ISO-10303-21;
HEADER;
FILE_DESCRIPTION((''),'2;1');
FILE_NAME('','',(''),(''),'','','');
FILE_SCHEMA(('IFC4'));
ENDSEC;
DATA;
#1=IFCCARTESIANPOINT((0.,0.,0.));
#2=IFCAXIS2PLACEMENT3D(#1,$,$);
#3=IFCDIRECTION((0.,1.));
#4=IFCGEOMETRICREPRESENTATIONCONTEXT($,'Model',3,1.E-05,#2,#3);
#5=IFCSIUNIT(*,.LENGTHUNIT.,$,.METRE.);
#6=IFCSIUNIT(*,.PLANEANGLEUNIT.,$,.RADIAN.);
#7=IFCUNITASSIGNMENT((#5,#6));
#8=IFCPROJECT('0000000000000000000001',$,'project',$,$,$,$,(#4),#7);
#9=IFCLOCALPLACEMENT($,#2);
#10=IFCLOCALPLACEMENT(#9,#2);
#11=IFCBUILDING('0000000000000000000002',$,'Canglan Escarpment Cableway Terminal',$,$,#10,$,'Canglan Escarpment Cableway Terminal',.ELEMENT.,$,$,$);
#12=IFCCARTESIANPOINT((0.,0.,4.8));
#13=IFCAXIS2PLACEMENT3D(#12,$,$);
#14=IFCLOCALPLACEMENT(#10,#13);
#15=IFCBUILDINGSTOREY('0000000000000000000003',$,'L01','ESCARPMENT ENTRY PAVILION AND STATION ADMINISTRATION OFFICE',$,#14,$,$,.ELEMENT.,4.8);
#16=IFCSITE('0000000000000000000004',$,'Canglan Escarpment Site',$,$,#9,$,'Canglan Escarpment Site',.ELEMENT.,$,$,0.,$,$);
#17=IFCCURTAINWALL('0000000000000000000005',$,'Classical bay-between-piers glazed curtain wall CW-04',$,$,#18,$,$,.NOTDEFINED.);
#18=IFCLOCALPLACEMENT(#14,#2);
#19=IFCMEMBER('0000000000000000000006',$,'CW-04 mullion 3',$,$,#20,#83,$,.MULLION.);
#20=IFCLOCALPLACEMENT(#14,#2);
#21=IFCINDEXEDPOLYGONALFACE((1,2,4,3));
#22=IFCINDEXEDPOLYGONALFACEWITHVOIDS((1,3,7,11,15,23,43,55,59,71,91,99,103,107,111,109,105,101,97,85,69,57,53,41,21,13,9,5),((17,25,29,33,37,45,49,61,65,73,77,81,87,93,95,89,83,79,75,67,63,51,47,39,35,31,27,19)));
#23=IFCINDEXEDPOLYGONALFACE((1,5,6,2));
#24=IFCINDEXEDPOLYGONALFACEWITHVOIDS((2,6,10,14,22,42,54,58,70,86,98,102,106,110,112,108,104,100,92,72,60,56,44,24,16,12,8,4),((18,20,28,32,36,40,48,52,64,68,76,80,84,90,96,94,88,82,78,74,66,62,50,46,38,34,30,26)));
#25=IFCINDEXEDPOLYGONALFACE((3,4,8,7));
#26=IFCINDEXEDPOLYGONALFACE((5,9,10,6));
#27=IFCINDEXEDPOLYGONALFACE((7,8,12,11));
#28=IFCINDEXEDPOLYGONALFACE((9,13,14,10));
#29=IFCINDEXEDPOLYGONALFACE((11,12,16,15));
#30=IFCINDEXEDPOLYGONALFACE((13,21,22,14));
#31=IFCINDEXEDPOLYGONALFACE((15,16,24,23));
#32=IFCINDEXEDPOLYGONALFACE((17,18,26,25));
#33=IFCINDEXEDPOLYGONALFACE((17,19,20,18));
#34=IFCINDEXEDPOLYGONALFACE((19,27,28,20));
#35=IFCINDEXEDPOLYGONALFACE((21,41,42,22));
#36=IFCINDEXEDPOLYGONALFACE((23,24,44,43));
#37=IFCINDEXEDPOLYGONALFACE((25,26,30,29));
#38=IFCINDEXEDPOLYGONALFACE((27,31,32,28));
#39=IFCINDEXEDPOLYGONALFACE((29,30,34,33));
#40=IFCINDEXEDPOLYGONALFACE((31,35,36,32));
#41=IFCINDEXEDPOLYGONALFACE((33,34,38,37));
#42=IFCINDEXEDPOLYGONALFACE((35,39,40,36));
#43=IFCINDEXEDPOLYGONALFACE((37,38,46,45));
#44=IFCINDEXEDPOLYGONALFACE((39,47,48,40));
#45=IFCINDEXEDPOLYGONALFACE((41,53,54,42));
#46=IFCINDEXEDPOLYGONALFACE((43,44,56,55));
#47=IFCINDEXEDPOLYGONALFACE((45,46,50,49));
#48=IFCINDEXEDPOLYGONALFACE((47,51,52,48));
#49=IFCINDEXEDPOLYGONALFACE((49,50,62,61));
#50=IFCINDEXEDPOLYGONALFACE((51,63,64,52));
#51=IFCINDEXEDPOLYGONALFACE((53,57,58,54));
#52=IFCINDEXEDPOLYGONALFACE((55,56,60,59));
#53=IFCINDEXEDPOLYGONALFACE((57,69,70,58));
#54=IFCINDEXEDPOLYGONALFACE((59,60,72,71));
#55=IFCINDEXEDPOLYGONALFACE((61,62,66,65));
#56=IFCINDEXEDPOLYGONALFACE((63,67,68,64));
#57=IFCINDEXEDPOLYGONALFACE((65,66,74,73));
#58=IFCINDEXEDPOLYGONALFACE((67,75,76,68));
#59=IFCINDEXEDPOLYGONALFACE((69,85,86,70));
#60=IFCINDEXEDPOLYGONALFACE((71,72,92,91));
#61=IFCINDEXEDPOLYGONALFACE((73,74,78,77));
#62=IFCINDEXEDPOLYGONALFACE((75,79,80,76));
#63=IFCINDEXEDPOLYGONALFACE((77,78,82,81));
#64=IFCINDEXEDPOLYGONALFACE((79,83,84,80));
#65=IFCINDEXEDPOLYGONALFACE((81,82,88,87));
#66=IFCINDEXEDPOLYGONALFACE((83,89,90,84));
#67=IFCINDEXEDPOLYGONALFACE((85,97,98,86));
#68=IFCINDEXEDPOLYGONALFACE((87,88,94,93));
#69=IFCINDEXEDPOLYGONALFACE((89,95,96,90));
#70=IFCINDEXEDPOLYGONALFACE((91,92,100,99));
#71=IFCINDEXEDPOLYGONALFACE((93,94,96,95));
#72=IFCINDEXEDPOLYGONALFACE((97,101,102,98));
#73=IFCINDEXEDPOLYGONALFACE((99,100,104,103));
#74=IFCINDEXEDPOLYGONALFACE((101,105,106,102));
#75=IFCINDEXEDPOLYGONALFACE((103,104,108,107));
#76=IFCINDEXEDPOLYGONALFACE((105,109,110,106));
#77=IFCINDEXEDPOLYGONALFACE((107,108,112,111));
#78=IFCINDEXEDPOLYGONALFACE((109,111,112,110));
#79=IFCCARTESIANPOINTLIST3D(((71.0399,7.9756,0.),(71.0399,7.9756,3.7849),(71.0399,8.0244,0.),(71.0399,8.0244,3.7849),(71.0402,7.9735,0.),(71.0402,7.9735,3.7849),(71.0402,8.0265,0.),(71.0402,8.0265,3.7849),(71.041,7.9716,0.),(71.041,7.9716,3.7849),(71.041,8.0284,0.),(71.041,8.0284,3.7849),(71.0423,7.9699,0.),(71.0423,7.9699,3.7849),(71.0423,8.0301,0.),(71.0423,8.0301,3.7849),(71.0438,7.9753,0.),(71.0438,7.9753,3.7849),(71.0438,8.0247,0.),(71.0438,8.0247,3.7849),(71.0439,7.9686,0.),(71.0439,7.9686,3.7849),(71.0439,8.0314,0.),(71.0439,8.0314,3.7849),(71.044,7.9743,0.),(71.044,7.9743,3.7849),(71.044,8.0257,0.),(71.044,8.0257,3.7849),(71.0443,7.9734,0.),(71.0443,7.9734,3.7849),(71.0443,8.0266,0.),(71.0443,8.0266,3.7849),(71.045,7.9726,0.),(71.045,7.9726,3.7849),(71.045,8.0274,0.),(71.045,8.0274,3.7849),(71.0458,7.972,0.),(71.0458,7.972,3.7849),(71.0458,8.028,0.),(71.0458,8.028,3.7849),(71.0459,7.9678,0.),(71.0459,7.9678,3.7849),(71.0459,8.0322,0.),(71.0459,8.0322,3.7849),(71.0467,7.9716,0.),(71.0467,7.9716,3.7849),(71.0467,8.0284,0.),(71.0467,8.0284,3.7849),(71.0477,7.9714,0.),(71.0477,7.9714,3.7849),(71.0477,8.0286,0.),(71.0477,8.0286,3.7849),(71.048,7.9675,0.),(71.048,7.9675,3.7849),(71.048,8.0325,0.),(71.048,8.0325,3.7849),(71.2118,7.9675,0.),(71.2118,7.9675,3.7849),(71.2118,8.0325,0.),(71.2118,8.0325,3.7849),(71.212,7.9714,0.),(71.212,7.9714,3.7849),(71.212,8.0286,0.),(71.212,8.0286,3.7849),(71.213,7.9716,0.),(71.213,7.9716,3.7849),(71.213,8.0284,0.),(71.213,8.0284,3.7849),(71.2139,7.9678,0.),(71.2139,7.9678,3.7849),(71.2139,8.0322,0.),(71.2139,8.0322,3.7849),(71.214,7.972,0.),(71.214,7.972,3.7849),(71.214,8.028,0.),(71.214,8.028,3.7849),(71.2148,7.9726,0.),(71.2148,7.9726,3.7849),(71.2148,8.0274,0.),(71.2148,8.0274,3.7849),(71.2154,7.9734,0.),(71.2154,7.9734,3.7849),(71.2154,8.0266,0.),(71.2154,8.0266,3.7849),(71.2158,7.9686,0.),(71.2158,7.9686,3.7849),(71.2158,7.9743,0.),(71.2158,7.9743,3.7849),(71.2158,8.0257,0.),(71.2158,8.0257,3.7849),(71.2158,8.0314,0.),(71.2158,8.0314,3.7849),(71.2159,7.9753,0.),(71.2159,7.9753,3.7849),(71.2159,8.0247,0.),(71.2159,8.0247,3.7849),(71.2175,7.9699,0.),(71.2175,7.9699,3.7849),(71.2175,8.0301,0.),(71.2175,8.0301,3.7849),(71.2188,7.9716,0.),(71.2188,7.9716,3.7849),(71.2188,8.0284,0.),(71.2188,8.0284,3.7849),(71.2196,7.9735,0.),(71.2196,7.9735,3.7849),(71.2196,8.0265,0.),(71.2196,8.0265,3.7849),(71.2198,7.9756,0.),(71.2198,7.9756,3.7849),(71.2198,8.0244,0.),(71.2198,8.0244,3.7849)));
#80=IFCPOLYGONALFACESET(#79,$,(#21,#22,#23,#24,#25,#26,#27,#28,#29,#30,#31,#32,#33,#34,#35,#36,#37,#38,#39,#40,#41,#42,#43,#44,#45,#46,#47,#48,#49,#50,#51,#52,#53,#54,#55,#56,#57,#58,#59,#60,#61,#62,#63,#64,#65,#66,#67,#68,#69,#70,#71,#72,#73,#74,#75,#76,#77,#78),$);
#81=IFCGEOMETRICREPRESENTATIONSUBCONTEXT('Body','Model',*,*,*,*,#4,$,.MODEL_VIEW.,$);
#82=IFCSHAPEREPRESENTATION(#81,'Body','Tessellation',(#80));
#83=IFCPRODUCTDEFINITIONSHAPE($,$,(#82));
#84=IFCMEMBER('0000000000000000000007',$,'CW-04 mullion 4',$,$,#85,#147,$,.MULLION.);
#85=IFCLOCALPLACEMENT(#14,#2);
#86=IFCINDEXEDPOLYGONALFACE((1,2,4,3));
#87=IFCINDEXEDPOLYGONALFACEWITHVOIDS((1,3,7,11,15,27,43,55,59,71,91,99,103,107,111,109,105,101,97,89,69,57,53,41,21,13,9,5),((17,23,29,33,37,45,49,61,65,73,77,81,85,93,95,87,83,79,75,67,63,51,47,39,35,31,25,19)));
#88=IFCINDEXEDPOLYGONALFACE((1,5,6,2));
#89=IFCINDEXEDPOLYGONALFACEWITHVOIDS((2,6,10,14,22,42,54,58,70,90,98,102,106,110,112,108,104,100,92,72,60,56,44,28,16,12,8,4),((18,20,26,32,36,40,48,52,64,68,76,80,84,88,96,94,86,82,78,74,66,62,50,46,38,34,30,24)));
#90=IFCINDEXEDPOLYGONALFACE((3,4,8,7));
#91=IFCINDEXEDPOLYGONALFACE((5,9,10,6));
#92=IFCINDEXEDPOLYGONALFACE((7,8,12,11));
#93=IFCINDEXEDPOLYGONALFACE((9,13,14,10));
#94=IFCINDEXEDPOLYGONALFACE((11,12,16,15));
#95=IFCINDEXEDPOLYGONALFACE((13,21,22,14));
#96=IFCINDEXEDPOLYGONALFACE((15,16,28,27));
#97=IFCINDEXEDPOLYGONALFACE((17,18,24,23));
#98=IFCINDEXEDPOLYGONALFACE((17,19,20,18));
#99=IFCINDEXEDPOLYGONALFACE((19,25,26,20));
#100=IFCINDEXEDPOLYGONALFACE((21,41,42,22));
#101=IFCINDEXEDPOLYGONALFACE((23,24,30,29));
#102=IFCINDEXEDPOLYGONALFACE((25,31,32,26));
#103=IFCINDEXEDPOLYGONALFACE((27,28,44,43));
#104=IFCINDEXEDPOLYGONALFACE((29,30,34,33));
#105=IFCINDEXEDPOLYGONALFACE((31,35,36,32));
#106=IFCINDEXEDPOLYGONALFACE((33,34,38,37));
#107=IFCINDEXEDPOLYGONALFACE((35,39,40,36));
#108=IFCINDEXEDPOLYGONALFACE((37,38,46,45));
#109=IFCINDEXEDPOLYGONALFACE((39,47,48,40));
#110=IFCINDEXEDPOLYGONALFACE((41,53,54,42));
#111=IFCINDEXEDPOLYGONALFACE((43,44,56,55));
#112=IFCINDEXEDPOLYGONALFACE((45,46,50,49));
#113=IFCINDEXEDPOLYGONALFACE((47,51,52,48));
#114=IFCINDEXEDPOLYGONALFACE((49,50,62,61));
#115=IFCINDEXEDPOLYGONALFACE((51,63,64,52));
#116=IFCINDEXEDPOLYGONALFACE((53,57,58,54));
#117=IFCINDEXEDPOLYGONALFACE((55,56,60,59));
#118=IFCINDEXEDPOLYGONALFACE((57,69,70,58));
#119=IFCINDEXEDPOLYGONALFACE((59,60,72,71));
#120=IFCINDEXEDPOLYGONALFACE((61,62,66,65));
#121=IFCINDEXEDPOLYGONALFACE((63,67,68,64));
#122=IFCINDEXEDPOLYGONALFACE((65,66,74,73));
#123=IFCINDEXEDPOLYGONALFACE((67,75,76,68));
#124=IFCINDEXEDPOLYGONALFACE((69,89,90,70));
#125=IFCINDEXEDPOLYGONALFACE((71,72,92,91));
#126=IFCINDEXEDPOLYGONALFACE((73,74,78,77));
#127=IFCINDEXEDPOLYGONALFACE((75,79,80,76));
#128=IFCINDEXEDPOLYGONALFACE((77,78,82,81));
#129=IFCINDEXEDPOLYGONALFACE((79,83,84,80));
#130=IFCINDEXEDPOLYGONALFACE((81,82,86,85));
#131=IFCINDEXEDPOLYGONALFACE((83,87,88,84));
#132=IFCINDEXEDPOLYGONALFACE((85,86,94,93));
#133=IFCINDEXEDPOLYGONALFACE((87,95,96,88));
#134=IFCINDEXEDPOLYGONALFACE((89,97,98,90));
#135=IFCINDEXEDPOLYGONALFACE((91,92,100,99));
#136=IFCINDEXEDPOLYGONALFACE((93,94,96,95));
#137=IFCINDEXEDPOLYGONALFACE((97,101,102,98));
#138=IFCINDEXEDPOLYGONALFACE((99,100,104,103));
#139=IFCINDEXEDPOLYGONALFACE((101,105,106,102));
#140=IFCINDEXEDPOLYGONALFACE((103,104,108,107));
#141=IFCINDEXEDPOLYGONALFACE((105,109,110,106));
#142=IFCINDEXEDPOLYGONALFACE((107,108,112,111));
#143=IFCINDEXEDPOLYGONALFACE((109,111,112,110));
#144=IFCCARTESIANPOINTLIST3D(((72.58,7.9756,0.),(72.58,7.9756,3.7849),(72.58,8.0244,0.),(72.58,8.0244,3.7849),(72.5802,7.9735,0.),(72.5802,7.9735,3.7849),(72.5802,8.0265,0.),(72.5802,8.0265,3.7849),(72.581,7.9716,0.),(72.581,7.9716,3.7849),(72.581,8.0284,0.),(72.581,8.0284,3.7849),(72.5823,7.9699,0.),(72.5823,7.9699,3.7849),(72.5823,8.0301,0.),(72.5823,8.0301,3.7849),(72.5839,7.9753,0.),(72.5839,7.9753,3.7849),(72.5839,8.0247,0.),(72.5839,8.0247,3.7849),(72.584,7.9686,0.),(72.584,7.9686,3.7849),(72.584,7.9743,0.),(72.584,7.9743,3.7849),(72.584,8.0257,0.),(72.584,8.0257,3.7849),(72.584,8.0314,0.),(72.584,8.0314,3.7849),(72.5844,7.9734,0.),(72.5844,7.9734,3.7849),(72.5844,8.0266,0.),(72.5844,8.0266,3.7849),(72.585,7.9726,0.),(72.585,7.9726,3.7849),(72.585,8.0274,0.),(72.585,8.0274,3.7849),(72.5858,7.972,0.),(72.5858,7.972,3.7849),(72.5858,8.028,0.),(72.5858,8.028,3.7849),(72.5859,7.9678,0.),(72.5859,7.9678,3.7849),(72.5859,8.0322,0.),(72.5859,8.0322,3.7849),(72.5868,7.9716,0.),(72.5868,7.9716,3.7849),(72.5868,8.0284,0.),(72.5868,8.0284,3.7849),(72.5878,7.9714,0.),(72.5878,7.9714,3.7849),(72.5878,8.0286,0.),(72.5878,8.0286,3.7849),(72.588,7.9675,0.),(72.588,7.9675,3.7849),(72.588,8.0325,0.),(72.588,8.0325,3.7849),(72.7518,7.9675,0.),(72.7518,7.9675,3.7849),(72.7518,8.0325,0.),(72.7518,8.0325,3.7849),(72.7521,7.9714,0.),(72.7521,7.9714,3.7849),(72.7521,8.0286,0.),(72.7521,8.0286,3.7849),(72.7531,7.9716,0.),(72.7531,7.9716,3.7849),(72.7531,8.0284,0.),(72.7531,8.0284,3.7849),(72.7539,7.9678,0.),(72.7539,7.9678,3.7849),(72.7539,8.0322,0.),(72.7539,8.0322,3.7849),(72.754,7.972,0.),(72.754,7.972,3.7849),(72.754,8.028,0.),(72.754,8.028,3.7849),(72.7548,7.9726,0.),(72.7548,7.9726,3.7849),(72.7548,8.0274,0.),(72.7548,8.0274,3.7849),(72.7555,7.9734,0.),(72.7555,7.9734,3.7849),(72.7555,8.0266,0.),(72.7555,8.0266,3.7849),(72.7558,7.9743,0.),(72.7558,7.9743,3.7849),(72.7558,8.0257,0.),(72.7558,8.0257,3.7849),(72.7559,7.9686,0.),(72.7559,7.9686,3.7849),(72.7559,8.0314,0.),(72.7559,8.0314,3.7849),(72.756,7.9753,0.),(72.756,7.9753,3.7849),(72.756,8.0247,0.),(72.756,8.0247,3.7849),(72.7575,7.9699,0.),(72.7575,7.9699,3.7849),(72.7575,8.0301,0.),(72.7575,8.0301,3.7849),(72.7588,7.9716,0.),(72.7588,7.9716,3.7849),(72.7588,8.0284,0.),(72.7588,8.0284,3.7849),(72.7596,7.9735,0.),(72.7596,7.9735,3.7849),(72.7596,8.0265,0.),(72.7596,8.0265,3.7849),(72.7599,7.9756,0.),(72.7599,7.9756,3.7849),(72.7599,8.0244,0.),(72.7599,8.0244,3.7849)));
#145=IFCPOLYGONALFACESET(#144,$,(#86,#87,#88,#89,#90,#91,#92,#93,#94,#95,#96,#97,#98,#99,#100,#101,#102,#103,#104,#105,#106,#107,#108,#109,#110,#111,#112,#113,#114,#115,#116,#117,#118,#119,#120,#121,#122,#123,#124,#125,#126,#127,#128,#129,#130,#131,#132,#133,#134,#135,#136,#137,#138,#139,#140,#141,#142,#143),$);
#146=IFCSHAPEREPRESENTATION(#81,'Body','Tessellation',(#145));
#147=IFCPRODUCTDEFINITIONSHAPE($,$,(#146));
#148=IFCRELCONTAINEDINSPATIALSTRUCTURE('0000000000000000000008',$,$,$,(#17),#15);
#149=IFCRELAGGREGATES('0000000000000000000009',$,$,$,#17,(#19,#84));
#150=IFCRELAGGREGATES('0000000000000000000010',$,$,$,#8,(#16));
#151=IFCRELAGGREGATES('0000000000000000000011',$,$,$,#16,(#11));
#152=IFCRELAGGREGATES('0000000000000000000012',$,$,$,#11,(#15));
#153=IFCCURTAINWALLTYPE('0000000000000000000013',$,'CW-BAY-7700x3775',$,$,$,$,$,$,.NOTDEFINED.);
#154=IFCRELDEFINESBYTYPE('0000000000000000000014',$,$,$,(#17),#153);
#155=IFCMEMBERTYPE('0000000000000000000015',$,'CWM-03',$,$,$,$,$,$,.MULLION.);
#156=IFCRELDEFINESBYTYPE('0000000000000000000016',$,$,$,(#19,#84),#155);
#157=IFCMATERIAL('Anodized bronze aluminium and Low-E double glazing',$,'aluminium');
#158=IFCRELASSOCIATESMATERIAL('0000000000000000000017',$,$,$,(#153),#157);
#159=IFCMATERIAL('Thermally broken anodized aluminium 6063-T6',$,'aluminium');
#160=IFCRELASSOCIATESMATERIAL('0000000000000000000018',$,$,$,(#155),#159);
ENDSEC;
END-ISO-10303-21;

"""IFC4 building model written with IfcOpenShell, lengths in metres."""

from ifc_helpers import new_model, si_unit, direction, frame, origin, origin_2d, place, context, subcontext, project, spatial, hollow_rectangle, extrude, material, material_profile, profile_set, type_object, element, aggregate, save


model = new_model("IFC4")

# Units and contexts
model_context = context("Model", 3, precision=1e-05, world=origin(), true_north=direction((0.0, 1.0)))
body_context = subcontext(model_context, "Body", "Model", "MODEL_VIEW")
ifc_project = project(units=[si_unit("LENGTHUNIT", "METRE"), si_unit("PLANEANGLEUNIT", "RADIAN")], contexts=[model_context])

# Site, building, storey
site_placement = place(None, origin())
site = spatial("IfcSite", under=ifc_project, at=site_placement, Name="Canglan Escarpment Site", LongName="Canglan Escarpment Site", CompositionType="ELEMENT", RefElevation=0.0)
building_placement = place(site_placement, origin())
building = spatial("IfcBuilding", under=site, at=building_placement, Name="Canglan Escarpment Cableway Terminal", LongName="Canglan Escarpment Cableway Terminal", CompositionType="ELEMENT")
storey_placement = place(building_placement, frame((0.0, 0.0, 4.8)))
storey = spatial("IfcBuildingStorey", under=building, at=storey_placement, Name="L01", Description="ESCARPMENT ENTRY PAVILION AND STATION ADMINISTRATION OFFICE", CompositionType="ELEMENT", Elevation=4.8)

# Curtain wall, members
ifc_material_1 = material(Name="Anodized bronze aluminium and Low-E double glazing", Category="aluminium")
curtain_wall_type = type_object("IfcCurtainWallType", Name="CW-BAY-7700x3775", PredefinedType="NOTDEFINED", material=ifc_material_1)
curtain_wall_placement = place(storey_placement, origin())
curtain_wall = element("IfcCurtainWall", 1, at=curtain_wall_placement, inside=storey, type_object=curtain_wall_type, Name="Classical bay-between-piers glazed curtain wall CW-04", PredefinedType="NOTDEFINED")
ifc_material_2 = material(Name="Thermally broken anodized aluminium 6063-T6", Category="aluminium")
ifc_material_profile_1 = material_profile(ifc_material_2, hollow_rectangle(XDim=0.0649, YDim=0.1799, WallThickness=0.0039, InnerFilletRadius=0.0039, OuterFilletRadius=0.0081, at=origin_2d()), Name="ALU-MULL 65x180x4")
ifc_profile_set_1 = profile_set([ifc_material_profile_1], Name="Thermally broken anodized aluminium 6063-T6")
member_type_1 = type_object("IfcMemberType", Name="CWM-03", PredefinedType="MULLION", material=ifc_profile_set_1)
member_1_placement = place(storey_placement, frame((71.1299, 8.0, 0.0), z_axis=(0.0, 0.0, 1.0), x_axis=(0.0, 1.0, 0.0)))
member_1 = element("IfcMember", 2, at=member_1_placement, type_object=member_type_1, Name="CW-04 mullion 3", PredefinedType="MULLION", context=body_context, shape_type="SweptSolid", body=[
    extrude(hollow_rectangle(XDim=0.0649, YDim=0.1799, WallThickness=0.0039, InnerFilletRadius=0.0039, OuterFilletRadius=0.0081, at=origin_2d()), origin(), (0.0, 0.0, 1.0), 3.7849),
])
member_2_placement = place(storey_placement, frame((72.6699, 8.0, 0.0), z_axis=(0.0, 0.0, 1.0), x_axis=(0.0, 1.0, 0.0)))
member_2 = element("IfcMember", 3, at=member_2_placement, type_object=member_type_1, Name="CW-04 mullion 4", PredefinedType="MULLION", context=body_context, shape_type="SweptSolid", body=[
    extrude(hollow_rectangle(XDim=0.0649, YDim=0.1799, WallThickness=0.0039, InnerFilletRadius=0.0039, OuterFilletRadius=0.0081, at=origin_2d()), origin(), (0.0, 0.0, 1.0), 3.7849),
])

aggregate(curtain_wall, [member_1, member_2])

save(model, "model.ifc")
